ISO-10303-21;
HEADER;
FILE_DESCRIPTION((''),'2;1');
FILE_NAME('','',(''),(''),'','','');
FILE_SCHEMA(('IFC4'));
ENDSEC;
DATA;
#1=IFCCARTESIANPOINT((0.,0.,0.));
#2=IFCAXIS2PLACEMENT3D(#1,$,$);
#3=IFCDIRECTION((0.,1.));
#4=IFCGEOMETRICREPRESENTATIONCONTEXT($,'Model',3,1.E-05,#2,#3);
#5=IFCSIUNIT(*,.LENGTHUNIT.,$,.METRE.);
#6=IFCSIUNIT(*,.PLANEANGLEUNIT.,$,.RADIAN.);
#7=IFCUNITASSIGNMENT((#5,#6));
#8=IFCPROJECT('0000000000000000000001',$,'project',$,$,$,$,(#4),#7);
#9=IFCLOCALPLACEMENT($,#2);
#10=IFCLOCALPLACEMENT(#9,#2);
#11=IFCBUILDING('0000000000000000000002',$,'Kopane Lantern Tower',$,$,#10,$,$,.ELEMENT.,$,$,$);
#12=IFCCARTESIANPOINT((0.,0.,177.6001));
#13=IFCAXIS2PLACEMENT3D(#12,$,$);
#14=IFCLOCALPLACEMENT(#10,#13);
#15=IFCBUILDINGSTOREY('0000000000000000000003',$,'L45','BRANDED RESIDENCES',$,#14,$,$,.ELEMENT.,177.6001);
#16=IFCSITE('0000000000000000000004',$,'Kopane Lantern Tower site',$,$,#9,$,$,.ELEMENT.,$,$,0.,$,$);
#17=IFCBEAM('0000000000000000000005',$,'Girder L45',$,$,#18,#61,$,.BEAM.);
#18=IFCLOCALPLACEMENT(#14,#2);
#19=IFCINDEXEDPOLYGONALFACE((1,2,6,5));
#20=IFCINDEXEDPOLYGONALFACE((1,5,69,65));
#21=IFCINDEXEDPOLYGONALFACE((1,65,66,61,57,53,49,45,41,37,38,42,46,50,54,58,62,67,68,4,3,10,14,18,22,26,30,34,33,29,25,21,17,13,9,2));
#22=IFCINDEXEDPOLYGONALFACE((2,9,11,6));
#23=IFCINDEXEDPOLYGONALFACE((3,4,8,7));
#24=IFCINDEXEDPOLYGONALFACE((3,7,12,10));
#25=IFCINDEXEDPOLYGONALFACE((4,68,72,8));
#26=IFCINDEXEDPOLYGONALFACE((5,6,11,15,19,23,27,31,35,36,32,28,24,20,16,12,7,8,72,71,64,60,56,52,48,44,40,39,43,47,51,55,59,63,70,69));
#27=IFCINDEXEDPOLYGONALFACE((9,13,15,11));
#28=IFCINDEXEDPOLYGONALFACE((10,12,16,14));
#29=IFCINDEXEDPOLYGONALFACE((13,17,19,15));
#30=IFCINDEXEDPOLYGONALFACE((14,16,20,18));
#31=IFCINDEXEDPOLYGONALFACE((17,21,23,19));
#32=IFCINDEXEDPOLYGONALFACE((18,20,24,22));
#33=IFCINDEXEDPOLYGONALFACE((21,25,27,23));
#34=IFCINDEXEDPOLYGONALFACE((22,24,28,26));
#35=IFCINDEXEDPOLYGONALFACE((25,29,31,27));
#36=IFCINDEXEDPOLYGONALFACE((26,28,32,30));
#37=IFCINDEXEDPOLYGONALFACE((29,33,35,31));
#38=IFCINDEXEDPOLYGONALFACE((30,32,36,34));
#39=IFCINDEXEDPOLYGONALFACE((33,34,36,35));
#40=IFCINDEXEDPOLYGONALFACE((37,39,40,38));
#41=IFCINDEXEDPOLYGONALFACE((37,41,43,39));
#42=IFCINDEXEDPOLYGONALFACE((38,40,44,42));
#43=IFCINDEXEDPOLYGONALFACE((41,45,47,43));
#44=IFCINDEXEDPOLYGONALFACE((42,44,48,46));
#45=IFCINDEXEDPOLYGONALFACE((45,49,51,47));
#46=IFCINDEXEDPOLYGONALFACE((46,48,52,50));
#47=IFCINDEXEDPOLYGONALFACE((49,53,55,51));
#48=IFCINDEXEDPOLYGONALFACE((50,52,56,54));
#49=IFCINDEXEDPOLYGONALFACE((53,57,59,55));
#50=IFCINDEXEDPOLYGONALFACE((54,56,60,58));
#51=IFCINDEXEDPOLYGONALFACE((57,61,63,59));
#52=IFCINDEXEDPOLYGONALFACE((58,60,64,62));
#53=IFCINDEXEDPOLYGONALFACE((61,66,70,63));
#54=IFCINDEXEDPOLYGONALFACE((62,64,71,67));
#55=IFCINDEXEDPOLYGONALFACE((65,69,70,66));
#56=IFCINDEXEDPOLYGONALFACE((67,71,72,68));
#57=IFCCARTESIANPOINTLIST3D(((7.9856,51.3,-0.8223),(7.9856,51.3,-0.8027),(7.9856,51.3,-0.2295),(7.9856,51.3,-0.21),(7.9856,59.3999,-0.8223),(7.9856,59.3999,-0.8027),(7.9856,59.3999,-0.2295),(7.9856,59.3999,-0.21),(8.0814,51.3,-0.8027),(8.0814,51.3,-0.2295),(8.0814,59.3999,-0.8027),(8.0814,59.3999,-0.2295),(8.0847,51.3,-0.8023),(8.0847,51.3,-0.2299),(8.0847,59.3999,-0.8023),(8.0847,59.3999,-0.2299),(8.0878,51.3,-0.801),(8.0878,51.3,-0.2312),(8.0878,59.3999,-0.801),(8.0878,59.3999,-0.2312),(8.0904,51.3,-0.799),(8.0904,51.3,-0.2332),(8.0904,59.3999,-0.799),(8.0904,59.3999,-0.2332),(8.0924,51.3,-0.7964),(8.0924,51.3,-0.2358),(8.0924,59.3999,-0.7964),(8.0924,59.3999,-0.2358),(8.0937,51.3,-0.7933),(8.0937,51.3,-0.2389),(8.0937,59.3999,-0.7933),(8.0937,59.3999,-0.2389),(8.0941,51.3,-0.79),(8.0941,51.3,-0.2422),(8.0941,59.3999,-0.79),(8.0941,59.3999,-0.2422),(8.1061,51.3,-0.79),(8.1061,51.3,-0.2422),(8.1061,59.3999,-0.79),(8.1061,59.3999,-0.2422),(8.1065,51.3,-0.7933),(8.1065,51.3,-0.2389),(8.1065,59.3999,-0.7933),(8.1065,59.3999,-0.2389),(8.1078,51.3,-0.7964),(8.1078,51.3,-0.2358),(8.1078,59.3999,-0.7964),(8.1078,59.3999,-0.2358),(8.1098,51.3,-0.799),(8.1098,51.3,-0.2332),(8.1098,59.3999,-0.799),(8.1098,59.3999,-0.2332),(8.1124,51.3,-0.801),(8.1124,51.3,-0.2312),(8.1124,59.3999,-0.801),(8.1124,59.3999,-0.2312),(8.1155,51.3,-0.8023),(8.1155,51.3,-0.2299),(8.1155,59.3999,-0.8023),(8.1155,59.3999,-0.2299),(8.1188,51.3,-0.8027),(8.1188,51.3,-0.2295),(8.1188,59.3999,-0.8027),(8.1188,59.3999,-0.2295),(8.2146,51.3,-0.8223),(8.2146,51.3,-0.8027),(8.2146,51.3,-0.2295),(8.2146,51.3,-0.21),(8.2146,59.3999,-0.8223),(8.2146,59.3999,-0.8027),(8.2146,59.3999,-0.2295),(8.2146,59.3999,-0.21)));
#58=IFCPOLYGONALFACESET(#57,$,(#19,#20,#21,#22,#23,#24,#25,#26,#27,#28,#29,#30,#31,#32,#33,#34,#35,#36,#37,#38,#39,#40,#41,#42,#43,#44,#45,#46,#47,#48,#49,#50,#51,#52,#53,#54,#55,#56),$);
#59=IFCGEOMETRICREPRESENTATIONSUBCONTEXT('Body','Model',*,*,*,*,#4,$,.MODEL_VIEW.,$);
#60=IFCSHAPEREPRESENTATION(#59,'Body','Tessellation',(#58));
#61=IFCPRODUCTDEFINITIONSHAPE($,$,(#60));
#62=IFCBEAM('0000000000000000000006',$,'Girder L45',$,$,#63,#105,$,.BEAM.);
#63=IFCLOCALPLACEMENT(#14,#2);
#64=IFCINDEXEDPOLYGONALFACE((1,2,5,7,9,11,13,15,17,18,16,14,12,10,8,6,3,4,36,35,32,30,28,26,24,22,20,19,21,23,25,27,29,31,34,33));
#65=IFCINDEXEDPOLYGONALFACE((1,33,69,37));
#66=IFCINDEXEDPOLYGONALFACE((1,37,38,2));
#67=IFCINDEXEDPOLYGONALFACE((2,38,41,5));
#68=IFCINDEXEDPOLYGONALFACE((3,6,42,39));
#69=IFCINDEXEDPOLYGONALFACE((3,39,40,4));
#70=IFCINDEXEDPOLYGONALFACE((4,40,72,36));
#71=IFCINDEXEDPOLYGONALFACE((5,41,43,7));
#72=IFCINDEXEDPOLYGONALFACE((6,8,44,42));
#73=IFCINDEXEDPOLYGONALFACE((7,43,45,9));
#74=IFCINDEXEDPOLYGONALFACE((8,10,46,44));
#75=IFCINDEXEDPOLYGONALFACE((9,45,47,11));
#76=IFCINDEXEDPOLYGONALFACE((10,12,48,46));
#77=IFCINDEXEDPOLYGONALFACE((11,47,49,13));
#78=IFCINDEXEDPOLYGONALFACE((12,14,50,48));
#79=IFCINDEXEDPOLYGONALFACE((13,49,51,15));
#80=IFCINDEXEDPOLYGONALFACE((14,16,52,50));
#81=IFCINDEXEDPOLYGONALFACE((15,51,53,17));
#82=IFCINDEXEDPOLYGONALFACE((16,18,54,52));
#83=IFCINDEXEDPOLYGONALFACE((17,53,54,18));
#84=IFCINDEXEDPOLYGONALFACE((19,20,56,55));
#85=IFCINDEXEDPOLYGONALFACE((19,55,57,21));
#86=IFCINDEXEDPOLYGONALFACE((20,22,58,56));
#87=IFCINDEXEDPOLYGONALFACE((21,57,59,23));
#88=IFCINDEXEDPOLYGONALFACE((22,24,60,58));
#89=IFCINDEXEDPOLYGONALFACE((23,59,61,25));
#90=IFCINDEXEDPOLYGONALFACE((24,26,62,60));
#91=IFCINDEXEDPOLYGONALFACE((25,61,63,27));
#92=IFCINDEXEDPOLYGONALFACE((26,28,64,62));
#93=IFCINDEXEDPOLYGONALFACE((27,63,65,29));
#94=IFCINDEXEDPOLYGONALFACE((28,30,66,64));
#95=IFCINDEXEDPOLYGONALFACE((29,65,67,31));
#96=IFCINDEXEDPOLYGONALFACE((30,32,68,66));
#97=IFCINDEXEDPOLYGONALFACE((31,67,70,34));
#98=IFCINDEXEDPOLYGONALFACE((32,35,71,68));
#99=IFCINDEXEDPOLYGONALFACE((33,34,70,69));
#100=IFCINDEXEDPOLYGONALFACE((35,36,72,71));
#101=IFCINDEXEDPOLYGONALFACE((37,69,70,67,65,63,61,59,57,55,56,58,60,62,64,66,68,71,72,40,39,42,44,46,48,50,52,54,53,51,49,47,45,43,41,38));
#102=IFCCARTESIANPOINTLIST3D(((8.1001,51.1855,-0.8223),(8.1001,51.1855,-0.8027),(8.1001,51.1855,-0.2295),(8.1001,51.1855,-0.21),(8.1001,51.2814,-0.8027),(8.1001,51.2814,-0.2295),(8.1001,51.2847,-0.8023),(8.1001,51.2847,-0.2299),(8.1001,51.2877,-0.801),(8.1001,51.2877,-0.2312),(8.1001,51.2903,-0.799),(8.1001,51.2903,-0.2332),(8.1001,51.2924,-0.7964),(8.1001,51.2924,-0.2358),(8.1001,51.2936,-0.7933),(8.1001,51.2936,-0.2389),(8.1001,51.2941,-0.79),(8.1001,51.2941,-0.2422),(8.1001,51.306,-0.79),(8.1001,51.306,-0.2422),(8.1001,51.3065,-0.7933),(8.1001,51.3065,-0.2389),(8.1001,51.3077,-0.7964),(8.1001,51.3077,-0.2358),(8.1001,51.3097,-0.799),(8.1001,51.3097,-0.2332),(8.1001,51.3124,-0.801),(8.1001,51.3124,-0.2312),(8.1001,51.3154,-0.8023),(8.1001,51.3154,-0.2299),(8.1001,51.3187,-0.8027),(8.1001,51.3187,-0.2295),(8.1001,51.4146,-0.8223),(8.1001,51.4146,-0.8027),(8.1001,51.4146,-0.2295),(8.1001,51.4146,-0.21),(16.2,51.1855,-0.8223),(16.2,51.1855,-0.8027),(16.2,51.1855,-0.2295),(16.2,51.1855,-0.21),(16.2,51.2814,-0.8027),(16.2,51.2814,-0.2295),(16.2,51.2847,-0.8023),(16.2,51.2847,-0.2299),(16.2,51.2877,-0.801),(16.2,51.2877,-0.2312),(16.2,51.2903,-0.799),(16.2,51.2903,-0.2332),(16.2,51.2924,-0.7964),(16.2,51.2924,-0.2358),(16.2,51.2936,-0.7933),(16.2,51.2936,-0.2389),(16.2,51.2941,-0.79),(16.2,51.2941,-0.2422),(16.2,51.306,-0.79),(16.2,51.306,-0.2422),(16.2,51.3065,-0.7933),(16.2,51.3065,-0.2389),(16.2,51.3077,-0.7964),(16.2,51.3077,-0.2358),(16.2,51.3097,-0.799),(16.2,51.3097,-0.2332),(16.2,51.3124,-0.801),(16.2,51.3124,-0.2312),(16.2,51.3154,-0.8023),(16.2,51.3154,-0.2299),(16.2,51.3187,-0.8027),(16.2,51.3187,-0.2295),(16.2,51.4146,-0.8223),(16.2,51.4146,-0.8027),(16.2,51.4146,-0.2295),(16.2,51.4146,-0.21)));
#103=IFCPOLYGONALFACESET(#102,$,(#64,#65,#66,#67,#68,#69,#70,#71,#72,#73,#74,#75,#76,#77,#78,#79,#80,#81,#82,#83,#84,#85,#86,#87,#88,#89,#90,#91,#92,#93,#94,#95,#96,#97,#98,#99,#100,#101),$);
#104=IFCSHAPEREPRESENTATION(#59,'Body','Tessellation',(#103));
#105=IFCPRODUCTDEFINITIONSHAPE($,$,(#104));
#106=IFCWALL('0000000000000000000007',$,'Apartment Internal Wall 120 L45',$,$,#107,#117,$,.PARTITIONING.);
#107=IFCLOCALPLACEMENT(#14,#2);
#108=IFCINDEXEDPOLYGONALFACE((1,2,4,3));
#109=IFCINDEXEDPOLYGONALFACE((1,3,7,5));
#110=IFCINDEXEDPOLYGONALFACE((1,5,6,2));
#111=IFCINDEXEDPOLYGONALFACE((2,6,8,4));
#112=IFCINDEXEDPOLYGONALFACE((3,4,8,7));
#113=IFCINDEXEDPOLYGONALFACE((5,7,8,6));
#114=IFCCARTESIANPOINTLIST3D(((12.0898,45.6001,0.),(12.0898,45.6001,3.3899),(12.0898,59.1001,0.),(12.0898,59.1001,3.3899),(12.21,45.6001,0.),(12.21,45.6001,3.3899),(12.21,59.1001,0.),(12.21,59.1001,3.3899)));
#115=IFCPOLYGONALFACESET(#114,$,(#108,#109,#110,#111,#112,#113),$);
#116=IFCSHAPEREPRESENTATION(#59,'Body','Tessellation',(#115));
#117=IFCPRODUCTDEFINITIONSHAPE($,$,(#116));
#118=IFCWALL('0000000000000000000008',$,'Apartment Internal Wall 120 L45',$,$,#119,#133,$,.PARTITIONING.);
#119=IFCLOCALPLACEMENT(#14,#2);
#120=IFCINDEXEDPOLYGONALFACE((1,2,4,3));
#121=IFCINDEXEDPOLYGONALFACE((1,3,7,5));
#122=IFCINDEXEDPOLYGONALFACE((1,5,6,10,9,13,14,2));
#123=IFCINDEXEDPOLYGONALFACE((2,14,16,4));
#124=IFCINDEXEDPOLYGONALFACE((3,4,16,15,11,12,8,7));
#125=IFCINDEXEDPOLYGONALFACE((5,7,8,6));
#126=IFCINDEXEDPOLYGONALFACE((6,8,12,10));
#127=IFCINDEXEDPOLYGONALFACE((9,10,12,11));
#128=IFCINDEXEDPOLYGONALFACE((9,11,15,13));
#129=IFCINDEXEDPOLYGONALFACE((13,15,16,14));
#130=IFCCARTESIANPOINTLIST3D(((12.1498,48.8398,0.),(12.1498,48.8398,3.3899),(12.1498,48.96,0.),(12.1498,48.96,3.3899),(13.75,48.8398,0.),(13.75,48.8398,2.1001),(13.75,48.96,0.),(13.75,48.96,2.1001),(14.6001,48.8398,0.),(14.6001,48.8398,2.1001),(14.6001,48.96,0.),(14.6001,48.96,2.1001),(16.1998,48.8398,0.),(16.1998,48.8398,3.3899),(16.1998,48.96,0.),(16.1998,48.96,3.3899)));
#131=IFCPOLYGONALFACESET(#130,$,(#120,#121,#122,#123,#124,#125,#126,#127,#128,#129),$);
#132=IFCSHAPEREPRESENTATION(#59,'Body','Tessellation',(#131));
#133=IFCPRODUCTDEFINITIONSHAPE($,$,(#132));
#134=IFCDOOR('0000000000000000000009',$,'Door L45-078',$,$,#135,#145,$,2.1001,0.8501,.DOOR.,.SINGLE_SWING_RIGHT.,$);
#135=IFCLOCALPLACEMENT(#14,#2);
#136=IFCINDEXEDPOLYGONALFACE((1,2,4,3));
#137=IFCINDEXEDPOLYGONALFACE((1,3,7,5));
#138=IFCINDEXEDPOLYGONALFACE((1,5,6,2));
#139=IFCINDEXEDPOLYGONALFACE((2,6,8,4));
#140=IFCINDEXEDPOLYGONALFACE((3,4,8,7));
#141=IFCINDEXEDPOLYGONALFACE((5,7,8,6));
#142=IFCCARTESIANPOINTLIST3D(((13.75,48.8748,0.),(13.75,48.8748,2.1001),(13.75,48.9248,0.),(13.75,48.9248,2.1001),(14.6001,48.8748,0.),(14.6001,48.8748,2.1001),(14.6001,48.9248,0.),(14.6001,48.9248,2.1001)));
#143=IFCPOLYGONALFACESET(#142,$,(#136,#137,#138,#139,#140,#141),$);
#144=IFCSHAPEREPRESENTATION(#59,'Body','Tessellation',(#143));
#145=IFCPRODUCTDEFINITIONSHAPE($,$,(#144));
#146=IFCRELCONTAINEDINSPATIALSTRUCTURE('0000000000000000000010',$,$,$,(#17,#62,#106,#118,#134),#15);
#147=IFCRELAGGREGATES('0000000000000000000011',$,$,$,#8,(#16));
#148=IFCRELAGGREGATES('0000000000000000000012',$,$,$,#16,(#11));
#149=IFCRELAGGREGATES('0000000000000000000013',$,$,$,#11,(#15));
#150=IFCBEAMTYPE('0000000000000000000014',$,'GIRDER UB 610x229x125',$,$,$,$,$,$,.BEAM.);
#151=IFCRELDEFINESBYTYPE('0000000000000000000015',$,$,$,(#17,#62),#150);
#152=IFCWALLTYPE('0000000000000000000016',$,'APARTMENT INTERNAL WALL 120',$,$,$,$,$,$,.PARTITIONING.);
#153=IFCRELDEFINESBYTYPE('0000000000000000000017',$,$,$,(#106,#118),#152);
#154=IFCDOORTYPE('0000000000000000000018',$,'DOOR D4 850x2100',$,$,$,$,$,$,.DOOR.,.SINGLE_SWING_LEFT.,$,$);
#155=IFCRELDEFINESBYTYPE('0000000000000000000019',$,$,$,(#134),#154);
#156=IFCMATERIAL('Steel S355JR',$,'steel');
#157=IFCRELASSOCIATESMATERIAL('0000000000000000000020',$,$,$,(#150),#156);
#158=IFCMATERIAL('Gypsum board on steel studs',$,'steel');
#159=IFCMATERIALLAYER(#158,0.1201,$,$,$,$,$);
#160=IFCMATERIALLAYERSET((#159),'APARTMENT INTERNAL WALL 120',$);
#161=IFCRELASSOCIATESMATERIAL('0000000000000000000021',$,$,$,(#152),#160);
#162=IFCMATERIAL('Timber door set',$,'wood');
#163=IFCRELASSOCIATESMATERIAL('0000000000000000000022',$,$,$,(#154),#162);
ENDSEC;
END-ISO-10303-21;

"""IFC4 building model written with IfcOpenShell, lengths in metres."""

from ifc_helpers import new_model, si_unit, direction, frame, frame_2d, origin, origin_2d, place, context, subcontext, project, spatial, rectangle, i_section, extrude, material, layer, layer_set, material_profile, profile_set, type_object, element, fill, save


model = new_model("IFC4")

# Units and contexts
model_context = context("Model", 3, precision=1e-05, world=origin(), true_north=direction((0.0, 1.0)))
body_context = subcontext(model_context, "Body", "Model", "MODEL_VIEW")
ifc_project = project(units=[si_unit("LENGTHUNIT", "METRE"), si_unit("PLANEANGLEUNIT", "RADIAN")], contexts=[model_context])

# Site, building, storey
site_placement = place(None, origin())
site = spatial("IfcSite", under=ifc_project, at=site_placement, Name="Kopane Lantern Tower site", CompositionType="ELEMENT", RefElevation=0.0)
building_placement = place(site_placement, origin())
building = spatial("IfcBuilding", under=site, at=building_placement, Name="Kopane Lantern Tower", CompositionType="ELEMENT")
storey_placement = place(building_placement, frame((0.0, 0.0, 177.6001)))
storey = spatial("IfcBuildingStorey", under=building, at=storey_placement, Name="L45", Description="BRANDED RESIDENCES", CompositionType="ELEMENT", Elevation=177.6001)

# Beams
ifc_material_1 = material(Name="Steel S355JR", Category="steel")
ifc_material_profile = material_profile(ifc_material_1, i_section(OverallWidth=0.229, OverallDepth=0.6123, WebThickness=0.012, FlangeThickness=0.0195, FilletRadius=0.0127, at=origin_2d()), Name="UB 610x229x125")
ifc_profile_set = profile_set([ifc_material_profile], Name="Steel S355JR")
beam_type = type_object("IfcBeamType", Name="GIRDER UB 610x229x125", PredefinedType="BEAM", material=ifc_profile_set)
for number, where, z_axis, x_axis, name in (
    (1, (8.1001, 51.3, -0.5161), (0.0, 1.0, 0.0), (-1.0, 0.0, 0.0), "Girder L45"),
    (2, (8.1001, 51.3, -0.5161), (1.0, 0.0, 0.0), (0.0, 1.0, 0.0), "Girder L45"),
):
    element("IfcBeam", number, at=place(storey_placement, frame(where, z_axis=z_axis, x_axis=x_axis)), inside=storey, type_object=beam_type, Name=name, PredefinedType="BEAM", context=body_context, shape_type="SweptSolid", body=[
        extrude(i_section(OverallWidth=0.229, OverallDepth=0.6123, WebThickness=0.012, FlangeThickness=0.0195, FilletRadius=0.0127, at=origin_2d()), origin(), (0.0, 0.0, 1.0), 8.0999),
    ])

# Shared definitions
ifc_material_2 = material(Name="Gypsum board on steel studs", Category="steel")
ifc_layer_1 = layer(ifc_material_2, 0.1201)
ifc_layer_set_1 = layer_set([ifc_layer_1], Name="APARTMENT INTERNAL WALL 120")
wall_type_1 = type_object("IfcWallType", Name="APARTMENT INTERNAL WALL 120", PredefinedType="PARTITIONING", material=ifc_layer_set_1)
ifc_material_3 = material(Name="Timber door set", Category="wood")
door_type_1 = type_object("IfcDoorType", Name="DOOR D4 850x2100", OperationType="SINGLE_SWING_LEFT", PredefinedType="DOOR", material=ifc_material_3)

# Wall
wall_1_placement = place(storey_placement, frame((12.1499, 45.6001, 0.0), z_axis=(0.0, 0.0, 1.0), x_axis=(0.0, 1.0, 0.0)))
element("IfcWall", 3, at=wall_1_placement, inside=storey, type_object=wall_type_1, Name="Apartment Internal Wall 120 L45", PredefinedType="PARTITIONING", context=body_context, shape_type="SweptSolid", body=[
    extrude(rectangle(XDim=13.5, YDim=0.1201, at=frame_2d((6.75, 0.0))), origin(), (0.0, 0.0, 1.0), 3.3899),
])

# Wall, opening, door
wall_2_placement = place(storey_placement, frame((12.1499, 48.8999, 0.0), z_axis=(0.0, 0.0, 1.0), x_axis=(1.0, 0.0, 0.0)))
wall_2 = element("IfcWall", 4, at=wall_2_placement, inside=storey, type_object=wall_type_1, Name="Apartment Internal Wall 120 L45", PredefinedType="PARTITIONING", context=body_context, shape_type="SweptSolid", body=[
    extrude(rectangle(XDim=4.05, YDim=0.1201, at=frame_2d((2.0249, 0.0))), origin(), (0.0, 0.0, 1.0), 3.3899),
])
opening_1_placement = place(wall_2_placement, frame((1.6001, 0.0, 0.0)))
opening_1 = element("IfcOpeningElement", 5, at=opening_1_placement, cuts=wall_2, PredefinedType="OPENING", context=body_context, shape_type="SweptSolid", body=[
    extrude(rectangle(XDim=0.8501, YDim=2.1001, at=frame_2d((0.425, 1.05))), frame((0.0, 0.0701, 0.0), z_axis=(0.0, -1.0, 0.0), x_axis=(1.0, 0.0, 0.0)), (0.0, 0.0, 1.0), 0.1401),
])
door_1_placement = place(opening_1_placement, origin())
door_1 = element("IfcDoor", 6, at=door_1_placement, inside=storey, type_object=door_type_1, Name="Door L45-078", OperationType="SINGLE_SWING_RIGHT", OverallHeight=2.1001, OverallWidth=0.8501, PredefinedType="DOOR", context=body_context, shape_type="SweptSolid", body=[
    extrude(rectangle(XDim=0.8501, YDim=2.1001, at=frame_2d((0.425, 1.05))), frame((0.0, 0.0249, 0.0), z_axis=(0.0, -1.0, 0.0), x_axis=(1.0, 0.0, 0.0)), (0.0, 0.0, 1.0), 0.05),
])
fill(opening_1, door_1)

save(model, "model.ifc")
